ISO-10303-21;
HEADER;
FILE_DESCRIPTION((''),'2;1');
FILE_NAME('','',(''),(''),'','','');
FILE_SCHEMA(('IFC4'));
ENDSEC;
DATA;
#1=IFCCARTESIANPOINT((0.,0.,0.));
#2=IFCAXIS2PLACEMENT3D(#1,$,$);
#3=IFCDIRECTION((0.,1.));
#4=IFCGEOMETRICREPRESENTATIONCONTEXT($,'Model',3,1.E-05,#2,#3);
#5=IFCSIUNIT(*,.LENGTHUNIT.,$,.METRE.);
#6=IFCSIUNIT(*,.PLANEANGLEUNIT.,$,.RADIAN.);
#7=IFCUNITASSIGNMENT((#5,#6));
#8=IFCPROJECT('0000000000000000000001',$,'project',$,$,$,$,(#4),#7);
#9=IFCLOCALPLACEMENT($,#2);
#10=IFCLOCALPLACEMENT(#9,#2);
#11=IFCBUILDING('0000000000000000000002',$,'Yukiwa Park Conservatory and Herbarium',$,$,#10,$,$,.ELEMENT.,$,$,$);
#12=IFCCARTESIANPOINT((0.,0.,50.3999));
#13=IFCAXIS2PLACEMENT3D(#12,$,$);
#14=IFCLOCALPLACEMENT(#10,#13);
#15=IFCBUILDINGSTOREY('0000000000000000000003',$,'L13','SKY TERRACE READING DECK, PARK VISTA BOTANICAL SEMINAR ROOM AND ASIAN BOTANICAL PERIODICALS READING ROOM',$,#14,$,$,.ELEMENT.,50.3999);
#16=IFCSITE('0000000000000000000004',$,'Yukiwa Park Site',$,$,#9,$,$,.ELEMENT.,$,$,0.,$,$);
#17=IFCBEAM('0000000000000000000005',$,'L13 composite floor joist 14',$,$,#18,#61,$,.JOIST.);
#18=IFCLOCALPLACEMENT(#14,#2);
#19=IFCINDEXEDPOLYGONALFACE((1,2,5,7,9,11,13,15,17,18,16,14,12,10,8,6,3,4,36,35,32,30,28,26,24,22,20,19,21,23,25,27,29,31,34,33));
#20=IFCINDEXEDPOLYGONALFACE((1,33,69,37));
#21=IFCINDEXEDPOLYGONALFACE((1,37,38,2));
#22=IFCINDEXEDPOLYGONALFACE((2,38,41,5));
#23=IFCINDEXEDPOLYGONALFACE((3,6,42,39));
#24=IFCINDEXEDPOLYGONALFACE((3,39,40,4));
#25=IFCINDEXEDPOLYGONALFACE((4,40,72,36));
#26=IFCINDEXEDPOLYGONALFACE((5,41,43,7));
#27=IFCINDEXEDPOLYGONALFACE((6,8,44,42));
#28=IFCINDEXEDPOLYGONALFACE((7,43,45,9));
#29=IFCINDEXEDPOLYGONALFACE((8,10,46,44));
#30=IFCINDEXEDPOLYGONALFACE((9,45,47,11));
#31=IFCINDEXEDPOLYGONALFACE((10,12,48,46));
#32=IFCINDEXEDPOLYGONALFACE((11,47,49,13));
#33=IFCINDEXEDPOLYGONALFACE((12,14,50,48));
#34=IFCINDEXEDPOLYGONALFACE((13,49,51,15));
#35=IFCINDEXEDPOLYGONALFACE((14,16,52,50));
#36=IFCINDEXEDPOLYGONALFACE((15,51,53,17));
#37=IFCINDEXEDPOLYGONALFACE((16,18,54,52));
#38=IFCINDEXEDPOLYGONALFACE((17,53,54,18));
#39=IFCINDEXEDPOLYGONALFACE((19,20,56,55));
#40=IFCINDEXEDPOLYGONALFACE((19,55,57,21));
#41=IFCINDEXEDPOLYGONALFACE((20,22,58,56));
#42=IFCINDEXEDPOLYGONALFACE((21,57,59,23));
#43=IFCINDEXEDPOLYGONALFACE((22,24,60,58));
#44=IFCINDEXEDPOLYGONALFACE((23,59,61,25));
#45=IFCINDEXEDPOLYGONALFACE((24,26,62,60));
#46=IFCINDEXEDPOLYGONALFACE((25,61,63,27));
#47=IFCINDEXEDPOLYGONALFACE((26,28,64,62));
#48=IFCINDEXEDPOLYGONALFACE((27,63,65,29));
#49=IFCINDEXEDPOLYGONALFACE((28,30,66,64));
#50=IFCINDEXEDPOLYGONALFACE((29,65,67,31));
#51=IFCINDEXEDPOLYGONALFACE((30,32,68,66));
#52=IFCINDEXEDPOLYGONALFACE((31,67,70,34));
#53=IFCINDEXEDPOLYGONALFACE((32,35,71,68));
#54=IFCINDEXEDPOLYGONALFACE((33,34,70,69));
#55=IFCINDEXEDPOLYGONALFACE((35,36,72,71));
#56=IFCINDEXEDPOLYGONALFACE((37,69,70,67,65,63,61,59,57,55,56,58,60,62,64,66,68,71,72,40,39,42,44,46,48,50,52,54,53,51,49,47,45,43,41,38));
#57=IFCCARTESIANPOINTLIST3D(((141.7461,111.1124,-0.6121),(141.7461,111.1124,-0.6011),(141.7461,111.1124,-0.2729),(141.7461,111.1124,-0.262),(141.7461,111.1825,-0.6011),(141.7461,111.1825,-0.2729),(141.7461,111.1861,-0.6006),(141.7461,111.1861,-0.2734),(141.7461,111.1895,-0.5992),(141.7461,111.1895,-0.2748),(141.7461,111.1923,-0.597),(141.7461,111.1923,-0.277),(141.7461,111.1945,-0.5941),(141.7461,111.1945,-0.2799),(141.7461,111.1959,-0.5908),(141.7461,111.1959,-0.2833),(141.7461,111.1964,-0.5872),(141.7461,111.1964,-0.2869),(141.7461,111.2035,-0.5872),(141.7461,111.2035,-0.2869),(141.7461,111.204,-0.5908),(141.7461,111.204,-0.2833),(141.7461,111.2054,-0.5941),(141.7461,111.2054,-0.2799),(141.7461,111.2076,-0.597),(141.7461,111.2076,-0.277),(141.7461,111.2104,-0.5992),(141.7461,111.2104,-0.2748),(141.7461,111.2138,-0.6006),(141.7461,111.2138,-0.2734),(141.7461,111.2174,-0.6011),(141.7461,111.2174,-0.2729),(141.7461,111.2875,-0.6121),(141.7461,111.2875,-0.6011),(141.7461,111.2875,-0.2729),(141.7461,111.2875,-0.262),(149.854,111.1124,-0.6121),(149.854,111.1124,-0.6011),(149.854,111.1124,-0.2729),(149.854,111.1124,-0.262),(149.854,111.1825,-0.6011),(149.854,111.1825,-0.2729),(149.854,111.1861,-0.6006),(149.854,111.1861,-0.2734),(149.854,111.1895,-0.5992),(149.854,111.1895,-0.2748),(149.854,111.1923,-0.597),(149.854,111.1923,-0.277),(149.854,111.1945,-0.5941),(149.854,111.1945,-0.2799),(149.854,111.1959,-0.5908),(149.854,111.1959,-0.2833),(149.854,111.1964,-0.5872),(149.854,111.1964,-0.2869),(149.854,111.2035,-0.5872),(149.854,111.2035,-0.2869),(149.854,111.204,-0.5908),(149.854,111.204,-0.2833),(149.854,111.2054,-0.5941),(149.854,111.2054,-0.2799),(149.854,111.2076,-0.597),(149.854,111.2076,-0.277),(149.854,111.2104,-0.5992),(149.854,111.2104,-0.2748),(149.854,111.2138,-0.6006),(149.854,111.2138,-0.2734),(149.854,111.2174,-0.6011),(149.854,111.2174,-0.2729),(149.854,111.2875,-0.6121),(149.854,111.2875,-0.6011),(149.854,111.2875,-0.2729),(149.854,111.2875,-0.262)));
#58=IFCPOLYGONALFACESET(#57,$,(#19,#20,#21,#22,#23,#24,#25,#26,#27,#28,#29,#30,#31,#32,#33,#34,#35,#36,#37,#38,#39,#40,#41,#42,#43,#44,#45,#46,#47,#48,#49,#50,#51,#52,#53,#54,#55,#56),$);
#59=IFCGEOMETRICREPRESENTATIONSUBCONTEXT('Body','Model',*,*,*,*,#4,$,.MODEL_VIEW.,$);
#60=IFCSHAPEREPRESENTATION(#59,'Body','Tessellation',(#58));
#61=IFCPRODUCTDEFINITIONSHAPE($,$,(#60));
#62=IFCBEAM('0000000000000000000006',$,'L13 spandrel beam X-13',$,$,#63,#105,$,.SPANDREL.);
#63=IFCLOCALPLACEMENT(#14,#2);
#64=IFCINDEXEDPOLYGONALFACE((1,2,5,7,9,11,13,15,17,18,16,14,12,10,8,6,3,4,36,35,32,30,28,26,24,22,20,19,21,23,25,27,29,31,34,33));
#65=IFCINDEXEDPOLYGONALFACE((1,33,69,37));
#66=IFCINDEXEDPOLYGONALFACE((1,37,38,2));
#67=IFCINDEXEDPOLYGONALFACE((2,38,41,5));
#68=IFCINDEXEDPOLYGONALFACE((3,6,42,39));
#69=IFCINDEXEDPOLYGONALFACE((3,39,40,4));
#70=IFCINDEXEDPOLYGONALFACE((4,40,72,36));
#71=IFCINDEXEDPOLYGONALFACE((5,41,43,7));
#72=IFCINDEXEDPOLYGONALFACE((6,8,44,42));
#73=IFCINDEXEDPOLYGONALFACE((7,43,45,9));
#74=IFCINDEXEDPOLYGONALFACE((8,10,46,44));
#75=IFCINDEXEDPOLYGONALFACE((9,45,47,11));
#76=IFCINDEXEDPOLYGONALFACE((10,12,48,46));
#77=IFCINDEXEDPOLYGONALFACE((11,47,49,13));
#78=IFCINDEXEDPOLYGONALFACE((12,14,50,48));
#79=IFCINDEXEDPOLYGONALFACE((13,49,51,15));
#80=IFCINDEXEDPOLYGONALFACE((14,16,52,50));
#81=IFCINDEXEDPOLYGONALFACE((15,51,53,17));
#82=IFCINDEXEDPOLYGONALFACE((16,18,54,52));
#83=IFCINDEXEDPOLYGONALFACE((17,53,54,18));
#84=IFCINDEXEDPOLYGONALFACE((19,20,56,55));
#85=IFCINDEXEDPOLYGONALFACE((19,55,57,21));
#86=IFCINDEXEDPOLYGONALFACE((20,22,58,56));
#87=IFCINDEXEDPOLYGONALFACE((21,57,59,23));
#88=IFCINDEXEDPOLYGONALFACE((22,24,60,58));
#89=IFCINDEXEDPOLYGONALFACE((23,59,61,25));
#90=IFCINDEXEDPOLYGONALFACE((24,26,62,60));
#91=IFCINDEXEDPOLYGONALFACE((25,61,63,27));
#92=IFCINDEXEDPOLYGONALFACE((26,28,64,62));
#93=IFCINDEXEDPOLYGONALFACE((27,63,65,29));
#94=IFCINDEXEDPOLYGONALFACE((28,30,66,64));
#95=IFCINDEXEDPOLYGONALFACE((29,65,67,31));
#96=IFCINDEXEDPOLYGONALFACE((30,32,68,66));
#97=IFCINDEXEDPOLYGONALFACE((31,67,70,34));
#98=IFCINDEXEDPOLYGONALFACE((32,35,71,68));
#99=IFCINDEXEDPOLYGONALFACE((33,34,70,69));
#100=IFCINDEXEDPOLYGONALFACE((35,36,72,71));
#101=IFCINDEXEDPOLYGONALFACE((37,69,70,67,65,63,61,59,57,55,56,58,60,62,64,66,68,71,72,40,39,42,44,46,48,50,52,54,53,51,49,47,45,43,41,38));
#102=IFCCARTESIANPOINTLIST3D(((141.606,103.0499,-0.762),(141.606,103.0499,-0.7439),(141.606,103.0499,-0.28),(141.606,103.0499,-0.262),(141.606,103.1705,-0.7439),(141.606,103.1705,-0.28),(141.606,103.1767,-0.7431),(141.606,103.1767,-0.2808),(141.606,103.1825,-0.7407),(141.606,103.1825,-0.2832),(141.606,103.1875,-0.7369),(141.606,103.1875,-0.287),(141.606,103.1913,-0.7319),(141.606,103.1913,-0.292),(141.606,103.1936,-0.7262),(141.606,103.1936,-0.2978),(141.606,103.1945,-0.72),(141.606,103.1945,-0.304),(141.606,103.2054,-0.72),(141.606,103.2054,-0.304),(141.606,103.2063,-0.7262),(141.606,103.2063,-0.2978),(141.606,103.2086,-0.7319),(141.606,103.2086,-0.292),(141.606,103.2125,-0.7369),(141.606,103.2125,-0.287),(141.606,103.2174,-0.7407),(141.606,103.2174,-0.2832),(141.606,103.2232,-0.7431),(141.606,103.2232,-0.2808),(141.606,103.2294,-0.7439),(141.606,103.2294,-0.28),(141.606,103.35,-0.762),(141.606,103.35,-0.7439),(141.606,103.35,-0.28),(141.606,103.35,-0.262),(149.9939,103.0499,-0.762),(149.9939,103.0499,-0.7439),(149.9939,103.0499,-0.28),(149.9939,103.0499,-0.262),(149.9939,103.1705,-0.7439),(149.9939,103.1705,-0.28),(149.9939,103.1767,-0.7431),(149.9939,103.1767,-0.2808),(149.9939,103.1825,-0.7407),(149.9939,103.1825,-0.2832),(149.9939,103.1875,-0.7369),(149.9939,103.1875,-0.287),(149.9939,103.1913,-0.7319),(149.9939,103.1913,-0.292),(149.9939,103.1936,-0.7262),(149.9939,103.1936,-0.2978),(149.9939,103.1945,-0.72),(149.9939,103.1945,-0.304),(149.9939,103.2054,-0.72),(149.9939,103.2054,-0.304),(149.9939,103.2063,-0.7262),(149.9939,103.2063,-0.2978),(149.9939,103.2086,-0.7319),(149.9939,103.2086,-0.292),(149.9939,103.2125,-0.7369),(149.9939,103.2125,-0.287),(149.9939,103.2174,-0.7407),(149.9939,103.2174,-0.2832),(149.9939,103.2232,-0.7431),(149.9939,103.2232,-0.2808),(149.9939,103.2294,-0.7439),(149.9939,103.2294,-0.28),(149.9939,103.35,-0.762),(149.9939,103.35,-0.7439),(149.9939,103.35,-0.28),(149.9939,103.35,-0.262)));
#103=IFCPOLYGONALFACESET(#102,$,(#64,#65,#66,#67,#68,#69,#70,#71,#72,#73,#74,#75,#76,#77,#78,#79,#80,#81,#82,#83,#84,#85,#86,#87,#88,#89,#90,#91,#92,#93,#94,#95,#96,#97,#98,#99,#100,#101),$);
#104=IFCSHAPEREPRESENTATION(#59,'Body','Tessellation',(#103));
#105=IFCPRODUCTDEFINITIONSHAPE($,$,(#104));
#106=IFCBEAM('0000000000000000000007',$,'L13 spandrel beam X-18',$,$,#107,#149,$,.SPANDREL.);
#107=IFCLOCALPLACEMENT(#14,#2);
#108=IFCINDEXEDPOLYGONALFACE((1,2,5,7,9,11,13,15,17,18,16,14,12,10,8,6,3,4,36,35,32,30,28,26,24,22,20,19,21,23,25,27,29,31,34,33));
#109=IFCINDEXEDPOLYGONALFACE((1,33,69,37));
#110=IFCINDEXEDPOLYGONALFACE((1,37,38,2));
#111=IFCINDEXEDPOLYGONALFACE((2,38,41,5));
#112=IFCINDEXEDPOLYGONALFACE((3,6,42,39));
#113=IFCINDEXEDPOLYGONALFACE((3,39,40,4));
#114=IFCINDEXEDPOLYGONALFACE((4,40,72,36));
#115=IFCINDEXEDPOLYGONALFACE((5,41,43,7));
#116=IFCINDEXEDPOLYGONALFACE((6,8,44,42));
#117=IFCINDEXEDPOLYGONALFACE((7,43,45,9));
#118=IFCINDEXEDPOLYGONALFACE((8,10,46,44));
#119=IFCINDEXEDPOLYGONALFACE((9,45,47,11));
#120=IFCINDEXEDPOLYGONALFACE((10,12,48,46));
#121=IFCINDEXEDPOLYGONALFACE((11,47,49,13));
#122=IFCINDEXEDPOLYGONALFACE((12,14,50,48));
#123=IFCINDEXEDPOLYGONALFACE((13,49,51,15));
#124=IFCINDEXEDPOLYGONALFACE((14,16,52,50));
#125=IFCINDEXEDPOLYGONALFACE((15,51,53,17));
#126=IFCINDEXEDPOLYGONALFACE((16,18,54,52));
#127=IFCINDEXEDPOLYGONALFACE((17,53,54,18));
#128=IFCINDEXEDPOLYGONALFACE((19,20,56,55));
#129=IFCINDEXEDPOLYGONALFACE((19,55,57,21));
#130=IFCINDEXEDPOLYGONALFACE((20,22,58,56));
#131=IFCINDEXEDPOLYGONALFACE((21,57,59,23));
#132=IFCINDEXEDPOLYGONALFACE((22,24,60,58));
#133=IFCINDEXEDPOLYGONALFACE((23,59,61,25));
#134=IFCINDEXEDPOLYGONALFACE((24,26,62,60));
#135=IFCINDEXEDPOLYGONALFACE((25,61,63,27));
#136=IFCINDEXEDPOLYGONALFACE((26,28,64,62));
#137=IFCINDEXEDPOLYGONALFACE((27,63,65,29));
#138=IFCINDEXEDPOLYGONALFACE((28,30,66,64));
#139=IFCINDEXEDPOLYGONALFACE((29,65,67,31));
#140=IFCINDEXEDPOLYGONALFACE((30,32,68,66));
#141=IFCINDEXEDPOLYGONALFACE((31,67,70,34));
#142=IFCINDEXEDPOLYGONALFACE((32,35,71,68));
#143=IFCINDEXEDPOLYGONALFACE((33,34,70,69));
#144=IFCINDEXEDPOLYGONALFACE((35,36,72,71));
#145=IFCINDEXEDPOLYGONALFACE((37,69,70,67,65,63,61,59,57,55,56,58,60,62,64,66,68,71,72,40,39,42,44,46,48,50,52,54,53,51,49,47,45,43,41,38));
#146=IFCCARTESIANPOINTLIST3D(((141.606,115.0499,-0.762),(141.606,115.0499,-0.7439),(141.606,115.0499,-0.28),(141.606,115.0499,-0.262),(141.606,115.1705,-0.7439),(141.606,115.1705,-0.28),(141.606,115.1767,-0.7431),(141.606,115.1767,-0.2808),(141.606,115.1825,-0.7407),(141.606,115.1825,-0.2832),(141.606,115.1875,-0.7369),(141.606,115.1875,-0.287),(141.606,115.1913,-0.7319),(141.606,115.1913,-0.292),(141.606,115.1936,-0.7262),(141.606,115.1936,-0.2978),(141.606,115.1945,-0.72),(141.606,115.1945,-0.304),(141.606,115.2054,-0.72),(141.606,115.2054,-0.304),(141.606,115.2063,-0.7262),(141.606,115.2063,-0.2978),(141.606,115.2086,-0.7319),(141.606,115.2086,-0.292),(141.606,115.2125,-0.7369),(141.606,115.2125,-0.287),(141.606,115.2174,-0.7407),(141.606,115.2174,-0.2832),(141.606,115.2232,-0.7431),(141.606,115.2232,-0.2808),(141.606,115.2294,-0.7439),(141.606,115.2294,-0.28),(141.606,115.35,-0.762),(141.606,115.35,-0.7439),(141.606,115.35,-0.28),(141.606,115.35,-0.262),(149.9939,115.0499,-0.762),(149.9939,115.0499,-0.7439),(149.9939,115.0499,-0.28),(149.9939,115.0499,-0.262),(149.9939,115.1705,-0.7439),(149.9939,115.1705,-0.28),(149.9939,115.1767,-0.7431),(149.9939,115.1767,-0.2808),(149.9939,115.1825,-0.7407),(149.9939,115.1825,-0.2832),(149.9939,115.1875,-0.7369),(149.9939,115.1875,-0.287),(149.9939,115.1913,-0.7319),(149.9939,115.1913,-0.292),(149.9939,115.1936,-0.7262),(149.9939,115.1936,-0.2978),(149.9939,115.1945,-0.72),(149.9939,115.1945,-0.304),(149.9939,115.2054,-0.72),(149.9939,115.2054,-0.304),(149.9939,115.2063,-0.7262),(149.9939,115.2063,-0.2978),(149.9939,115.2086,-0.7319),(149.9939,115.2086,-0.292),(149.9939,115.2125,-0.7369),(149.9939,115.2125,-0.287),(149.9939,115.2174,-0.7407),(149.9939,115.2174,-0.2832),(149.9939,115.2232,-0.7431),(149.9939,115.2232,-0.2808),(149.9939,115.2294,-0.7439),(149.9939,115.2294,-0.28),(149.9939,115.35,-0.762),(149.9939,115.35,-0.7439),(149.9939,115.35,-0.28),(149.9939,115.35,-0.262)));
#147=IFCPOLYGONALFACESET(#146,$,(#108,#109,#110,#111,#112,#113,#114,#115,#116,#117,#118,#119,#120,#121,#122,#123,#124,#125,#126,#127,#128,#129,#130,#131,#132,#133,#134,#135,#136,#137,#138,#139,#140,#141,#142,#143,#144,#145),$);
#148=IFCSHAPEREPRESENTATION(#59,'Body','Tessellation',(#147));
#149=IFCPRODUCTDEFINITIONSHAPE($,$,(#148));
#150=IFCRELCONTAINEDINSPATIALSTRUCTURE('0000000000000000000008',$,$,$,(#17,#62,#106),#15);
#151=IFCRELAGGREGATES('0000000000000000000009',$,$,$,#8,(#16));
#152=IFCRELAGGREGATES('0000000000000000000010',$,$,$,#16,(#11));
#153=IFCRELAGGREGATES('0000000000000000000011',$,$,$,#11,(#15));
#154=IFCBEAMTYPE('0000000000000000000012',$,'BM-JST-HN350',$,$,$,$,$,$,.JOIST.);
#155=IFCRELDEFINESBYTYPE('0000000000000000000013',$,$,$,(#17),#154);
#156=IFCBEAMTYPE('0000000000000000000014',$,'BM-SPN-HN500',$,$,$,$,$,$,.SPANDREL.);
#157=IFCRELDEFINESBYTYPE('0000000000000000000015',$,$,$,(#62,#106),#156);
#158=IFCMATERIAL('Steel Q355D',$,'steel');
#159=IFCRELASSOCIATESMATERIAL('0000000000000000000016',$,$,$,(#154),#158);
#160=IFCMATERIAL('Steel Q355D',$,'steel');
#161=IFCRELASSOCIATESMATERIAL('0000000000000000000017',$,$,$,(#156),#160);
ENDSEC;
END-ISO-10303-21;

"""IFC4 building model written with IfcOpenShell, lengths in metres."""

from ifc_helpers import new_model, si_unit, direction, frame, origin, origin_2d, place, context, subcontext, project, spatial, i_section, extrude, material, material_profile, profile_set, type_object, element, save


model = new_model("IFC4")

# Units and contexts
model_context = context("Model", 3, precision=1e-05, world=origin(), true_north=direction((0.0, 1.0)))
body_context = subcontext(model_context, "Body", "Model", "MODEL_VIEW")
ifc_project = project(units=[si_unit("LENGTHUNIT", "METRE"), si_unit("PLANEANGLEUNIT", "RADIAN")], contexts=[model_context])

# Site, building, storey
site_placement = place(None, origin())
site = spatial("IfcSite", under=ifc_project, at=site_placement, Name="Yukiwa Park Site", CompositionType="ELEMENT", RefElevation=0.0)
building_placement = place(site_placement, origin())
building = spatial("IfcBuilding", under=site, at=building_placement, Name="Yukiwa Park Conservatory and Herbarium", CompositionType="ELEMENT")
storey_placement = place(building_placement, frame((0.0, 0.0, 50.3999)))
storey = spatial("IfcBuildingStorey", under=building, at=storey_placement, Name="L13", Description="SKY TERRACE READING DECK, PARK VISTA BOTANICAL SEMINAR ROOM AND ASIAN BOTANICAL PERIODICALS READING ROOM", CompositionType="ELEMENT", Elevation=50.3999)

# Beams
ifc_material_1 = material(Name="Steel Q355D", Category="steel")
ifc_material_profile_1 = material_profile(ifc_material_1, i_section(OverallWidth=0.175, OverallDepth=0.3501, WebThickness=0.0071, FlangeThickness=0.011, FilletRadius=0.0139, at=origin_2d()), Name="HN 350x175x7x11")
ifc_profile_set_1 = profile_set([ifc_material_profile_1], Name="Steel Q355D")
beam_type_1 = type_object("IfcBeamType", Name="BM-JST-HN350", PredefinedType="JOIST", material=ifc_profile_set_1)
for number, where, z_axis, x_axis, name in (
    (1, (141.7461, 111.2, -0.437), (1.0, 0.0, 0.0), (0.0, 1.0, 0.0), "L13 composite floor joist 14"),
):
    element("IfcBeam", number, at=place(storey_placement, frame(where, z_axis=z_axis, x_axis=x_axis)), inside=storey, type_object=beam_type_1, Name=name, PredefinedType="JOIST", context=body_context, shape_type="SweptSolid", body=[
        extrude(i_section(OverallWidth=0.175, OverallDepth=0.3501, WebThickness=0.0071, FlangeThickness=0.011, FilletRadius=0.0139, at=origin_2d()), origin(), (0.0, 0.0, 1.0), 8.1079),
    ])
ifc_material_2 = material(Name="Steel Q355D", Category="steel")
ifc_material_profile_2 = material_profile(ifc_material_2, i_section(OverallWidth=0.3, OverallDepth=0.5, WebThickness=0.011, FlangeThickness=0.0181, FilletRadius=0.0239, at=origin_2d()), Name="HM 500x300x11x18")
ifc_profile_set_2 = profile_set([ifc_material_profile_2], Name="Steel Q355D")
beam_type_2 = type_object("IfcBeamType", Name="BM-SPN-HN500", PredefinedType="SPANDREL", material=ifc_profile_set_2)
for number, where, z_axis, x_axis, name in (
    (2, (141.606, 103.2, -0.512), (1.0, 0.0, 0.0), (0.0, 1.0, 0.0), "L13 spandrel beam X-13"),
    (3, (141.606, 115.2, -0.512), (1.0, 0.0, 0.0), (0.0, 1.0, 0.0), "L13 spandrel beam X-18"),
):
    element("IfcBeam", number, at=place(storey_placement, frame(where, z_axis=z_axis, x_axis=x_axis)), inside=storey, type_object=beam_type_2, Name=name, PredefinedType="SPANDREL", context=body_context, shape_type="SweptSolid", body=[
        extrude(i_section(OverallWidth=0.3, OverallDepth=0.5, WebThickness=0.011, FlangeThickness=0.0181, FilletRadius=0.0239, at=origin_2d()), origin(), (0.0, 0.0, 1.0), 8.3879),
    ])

save(model, "model.ifc")
